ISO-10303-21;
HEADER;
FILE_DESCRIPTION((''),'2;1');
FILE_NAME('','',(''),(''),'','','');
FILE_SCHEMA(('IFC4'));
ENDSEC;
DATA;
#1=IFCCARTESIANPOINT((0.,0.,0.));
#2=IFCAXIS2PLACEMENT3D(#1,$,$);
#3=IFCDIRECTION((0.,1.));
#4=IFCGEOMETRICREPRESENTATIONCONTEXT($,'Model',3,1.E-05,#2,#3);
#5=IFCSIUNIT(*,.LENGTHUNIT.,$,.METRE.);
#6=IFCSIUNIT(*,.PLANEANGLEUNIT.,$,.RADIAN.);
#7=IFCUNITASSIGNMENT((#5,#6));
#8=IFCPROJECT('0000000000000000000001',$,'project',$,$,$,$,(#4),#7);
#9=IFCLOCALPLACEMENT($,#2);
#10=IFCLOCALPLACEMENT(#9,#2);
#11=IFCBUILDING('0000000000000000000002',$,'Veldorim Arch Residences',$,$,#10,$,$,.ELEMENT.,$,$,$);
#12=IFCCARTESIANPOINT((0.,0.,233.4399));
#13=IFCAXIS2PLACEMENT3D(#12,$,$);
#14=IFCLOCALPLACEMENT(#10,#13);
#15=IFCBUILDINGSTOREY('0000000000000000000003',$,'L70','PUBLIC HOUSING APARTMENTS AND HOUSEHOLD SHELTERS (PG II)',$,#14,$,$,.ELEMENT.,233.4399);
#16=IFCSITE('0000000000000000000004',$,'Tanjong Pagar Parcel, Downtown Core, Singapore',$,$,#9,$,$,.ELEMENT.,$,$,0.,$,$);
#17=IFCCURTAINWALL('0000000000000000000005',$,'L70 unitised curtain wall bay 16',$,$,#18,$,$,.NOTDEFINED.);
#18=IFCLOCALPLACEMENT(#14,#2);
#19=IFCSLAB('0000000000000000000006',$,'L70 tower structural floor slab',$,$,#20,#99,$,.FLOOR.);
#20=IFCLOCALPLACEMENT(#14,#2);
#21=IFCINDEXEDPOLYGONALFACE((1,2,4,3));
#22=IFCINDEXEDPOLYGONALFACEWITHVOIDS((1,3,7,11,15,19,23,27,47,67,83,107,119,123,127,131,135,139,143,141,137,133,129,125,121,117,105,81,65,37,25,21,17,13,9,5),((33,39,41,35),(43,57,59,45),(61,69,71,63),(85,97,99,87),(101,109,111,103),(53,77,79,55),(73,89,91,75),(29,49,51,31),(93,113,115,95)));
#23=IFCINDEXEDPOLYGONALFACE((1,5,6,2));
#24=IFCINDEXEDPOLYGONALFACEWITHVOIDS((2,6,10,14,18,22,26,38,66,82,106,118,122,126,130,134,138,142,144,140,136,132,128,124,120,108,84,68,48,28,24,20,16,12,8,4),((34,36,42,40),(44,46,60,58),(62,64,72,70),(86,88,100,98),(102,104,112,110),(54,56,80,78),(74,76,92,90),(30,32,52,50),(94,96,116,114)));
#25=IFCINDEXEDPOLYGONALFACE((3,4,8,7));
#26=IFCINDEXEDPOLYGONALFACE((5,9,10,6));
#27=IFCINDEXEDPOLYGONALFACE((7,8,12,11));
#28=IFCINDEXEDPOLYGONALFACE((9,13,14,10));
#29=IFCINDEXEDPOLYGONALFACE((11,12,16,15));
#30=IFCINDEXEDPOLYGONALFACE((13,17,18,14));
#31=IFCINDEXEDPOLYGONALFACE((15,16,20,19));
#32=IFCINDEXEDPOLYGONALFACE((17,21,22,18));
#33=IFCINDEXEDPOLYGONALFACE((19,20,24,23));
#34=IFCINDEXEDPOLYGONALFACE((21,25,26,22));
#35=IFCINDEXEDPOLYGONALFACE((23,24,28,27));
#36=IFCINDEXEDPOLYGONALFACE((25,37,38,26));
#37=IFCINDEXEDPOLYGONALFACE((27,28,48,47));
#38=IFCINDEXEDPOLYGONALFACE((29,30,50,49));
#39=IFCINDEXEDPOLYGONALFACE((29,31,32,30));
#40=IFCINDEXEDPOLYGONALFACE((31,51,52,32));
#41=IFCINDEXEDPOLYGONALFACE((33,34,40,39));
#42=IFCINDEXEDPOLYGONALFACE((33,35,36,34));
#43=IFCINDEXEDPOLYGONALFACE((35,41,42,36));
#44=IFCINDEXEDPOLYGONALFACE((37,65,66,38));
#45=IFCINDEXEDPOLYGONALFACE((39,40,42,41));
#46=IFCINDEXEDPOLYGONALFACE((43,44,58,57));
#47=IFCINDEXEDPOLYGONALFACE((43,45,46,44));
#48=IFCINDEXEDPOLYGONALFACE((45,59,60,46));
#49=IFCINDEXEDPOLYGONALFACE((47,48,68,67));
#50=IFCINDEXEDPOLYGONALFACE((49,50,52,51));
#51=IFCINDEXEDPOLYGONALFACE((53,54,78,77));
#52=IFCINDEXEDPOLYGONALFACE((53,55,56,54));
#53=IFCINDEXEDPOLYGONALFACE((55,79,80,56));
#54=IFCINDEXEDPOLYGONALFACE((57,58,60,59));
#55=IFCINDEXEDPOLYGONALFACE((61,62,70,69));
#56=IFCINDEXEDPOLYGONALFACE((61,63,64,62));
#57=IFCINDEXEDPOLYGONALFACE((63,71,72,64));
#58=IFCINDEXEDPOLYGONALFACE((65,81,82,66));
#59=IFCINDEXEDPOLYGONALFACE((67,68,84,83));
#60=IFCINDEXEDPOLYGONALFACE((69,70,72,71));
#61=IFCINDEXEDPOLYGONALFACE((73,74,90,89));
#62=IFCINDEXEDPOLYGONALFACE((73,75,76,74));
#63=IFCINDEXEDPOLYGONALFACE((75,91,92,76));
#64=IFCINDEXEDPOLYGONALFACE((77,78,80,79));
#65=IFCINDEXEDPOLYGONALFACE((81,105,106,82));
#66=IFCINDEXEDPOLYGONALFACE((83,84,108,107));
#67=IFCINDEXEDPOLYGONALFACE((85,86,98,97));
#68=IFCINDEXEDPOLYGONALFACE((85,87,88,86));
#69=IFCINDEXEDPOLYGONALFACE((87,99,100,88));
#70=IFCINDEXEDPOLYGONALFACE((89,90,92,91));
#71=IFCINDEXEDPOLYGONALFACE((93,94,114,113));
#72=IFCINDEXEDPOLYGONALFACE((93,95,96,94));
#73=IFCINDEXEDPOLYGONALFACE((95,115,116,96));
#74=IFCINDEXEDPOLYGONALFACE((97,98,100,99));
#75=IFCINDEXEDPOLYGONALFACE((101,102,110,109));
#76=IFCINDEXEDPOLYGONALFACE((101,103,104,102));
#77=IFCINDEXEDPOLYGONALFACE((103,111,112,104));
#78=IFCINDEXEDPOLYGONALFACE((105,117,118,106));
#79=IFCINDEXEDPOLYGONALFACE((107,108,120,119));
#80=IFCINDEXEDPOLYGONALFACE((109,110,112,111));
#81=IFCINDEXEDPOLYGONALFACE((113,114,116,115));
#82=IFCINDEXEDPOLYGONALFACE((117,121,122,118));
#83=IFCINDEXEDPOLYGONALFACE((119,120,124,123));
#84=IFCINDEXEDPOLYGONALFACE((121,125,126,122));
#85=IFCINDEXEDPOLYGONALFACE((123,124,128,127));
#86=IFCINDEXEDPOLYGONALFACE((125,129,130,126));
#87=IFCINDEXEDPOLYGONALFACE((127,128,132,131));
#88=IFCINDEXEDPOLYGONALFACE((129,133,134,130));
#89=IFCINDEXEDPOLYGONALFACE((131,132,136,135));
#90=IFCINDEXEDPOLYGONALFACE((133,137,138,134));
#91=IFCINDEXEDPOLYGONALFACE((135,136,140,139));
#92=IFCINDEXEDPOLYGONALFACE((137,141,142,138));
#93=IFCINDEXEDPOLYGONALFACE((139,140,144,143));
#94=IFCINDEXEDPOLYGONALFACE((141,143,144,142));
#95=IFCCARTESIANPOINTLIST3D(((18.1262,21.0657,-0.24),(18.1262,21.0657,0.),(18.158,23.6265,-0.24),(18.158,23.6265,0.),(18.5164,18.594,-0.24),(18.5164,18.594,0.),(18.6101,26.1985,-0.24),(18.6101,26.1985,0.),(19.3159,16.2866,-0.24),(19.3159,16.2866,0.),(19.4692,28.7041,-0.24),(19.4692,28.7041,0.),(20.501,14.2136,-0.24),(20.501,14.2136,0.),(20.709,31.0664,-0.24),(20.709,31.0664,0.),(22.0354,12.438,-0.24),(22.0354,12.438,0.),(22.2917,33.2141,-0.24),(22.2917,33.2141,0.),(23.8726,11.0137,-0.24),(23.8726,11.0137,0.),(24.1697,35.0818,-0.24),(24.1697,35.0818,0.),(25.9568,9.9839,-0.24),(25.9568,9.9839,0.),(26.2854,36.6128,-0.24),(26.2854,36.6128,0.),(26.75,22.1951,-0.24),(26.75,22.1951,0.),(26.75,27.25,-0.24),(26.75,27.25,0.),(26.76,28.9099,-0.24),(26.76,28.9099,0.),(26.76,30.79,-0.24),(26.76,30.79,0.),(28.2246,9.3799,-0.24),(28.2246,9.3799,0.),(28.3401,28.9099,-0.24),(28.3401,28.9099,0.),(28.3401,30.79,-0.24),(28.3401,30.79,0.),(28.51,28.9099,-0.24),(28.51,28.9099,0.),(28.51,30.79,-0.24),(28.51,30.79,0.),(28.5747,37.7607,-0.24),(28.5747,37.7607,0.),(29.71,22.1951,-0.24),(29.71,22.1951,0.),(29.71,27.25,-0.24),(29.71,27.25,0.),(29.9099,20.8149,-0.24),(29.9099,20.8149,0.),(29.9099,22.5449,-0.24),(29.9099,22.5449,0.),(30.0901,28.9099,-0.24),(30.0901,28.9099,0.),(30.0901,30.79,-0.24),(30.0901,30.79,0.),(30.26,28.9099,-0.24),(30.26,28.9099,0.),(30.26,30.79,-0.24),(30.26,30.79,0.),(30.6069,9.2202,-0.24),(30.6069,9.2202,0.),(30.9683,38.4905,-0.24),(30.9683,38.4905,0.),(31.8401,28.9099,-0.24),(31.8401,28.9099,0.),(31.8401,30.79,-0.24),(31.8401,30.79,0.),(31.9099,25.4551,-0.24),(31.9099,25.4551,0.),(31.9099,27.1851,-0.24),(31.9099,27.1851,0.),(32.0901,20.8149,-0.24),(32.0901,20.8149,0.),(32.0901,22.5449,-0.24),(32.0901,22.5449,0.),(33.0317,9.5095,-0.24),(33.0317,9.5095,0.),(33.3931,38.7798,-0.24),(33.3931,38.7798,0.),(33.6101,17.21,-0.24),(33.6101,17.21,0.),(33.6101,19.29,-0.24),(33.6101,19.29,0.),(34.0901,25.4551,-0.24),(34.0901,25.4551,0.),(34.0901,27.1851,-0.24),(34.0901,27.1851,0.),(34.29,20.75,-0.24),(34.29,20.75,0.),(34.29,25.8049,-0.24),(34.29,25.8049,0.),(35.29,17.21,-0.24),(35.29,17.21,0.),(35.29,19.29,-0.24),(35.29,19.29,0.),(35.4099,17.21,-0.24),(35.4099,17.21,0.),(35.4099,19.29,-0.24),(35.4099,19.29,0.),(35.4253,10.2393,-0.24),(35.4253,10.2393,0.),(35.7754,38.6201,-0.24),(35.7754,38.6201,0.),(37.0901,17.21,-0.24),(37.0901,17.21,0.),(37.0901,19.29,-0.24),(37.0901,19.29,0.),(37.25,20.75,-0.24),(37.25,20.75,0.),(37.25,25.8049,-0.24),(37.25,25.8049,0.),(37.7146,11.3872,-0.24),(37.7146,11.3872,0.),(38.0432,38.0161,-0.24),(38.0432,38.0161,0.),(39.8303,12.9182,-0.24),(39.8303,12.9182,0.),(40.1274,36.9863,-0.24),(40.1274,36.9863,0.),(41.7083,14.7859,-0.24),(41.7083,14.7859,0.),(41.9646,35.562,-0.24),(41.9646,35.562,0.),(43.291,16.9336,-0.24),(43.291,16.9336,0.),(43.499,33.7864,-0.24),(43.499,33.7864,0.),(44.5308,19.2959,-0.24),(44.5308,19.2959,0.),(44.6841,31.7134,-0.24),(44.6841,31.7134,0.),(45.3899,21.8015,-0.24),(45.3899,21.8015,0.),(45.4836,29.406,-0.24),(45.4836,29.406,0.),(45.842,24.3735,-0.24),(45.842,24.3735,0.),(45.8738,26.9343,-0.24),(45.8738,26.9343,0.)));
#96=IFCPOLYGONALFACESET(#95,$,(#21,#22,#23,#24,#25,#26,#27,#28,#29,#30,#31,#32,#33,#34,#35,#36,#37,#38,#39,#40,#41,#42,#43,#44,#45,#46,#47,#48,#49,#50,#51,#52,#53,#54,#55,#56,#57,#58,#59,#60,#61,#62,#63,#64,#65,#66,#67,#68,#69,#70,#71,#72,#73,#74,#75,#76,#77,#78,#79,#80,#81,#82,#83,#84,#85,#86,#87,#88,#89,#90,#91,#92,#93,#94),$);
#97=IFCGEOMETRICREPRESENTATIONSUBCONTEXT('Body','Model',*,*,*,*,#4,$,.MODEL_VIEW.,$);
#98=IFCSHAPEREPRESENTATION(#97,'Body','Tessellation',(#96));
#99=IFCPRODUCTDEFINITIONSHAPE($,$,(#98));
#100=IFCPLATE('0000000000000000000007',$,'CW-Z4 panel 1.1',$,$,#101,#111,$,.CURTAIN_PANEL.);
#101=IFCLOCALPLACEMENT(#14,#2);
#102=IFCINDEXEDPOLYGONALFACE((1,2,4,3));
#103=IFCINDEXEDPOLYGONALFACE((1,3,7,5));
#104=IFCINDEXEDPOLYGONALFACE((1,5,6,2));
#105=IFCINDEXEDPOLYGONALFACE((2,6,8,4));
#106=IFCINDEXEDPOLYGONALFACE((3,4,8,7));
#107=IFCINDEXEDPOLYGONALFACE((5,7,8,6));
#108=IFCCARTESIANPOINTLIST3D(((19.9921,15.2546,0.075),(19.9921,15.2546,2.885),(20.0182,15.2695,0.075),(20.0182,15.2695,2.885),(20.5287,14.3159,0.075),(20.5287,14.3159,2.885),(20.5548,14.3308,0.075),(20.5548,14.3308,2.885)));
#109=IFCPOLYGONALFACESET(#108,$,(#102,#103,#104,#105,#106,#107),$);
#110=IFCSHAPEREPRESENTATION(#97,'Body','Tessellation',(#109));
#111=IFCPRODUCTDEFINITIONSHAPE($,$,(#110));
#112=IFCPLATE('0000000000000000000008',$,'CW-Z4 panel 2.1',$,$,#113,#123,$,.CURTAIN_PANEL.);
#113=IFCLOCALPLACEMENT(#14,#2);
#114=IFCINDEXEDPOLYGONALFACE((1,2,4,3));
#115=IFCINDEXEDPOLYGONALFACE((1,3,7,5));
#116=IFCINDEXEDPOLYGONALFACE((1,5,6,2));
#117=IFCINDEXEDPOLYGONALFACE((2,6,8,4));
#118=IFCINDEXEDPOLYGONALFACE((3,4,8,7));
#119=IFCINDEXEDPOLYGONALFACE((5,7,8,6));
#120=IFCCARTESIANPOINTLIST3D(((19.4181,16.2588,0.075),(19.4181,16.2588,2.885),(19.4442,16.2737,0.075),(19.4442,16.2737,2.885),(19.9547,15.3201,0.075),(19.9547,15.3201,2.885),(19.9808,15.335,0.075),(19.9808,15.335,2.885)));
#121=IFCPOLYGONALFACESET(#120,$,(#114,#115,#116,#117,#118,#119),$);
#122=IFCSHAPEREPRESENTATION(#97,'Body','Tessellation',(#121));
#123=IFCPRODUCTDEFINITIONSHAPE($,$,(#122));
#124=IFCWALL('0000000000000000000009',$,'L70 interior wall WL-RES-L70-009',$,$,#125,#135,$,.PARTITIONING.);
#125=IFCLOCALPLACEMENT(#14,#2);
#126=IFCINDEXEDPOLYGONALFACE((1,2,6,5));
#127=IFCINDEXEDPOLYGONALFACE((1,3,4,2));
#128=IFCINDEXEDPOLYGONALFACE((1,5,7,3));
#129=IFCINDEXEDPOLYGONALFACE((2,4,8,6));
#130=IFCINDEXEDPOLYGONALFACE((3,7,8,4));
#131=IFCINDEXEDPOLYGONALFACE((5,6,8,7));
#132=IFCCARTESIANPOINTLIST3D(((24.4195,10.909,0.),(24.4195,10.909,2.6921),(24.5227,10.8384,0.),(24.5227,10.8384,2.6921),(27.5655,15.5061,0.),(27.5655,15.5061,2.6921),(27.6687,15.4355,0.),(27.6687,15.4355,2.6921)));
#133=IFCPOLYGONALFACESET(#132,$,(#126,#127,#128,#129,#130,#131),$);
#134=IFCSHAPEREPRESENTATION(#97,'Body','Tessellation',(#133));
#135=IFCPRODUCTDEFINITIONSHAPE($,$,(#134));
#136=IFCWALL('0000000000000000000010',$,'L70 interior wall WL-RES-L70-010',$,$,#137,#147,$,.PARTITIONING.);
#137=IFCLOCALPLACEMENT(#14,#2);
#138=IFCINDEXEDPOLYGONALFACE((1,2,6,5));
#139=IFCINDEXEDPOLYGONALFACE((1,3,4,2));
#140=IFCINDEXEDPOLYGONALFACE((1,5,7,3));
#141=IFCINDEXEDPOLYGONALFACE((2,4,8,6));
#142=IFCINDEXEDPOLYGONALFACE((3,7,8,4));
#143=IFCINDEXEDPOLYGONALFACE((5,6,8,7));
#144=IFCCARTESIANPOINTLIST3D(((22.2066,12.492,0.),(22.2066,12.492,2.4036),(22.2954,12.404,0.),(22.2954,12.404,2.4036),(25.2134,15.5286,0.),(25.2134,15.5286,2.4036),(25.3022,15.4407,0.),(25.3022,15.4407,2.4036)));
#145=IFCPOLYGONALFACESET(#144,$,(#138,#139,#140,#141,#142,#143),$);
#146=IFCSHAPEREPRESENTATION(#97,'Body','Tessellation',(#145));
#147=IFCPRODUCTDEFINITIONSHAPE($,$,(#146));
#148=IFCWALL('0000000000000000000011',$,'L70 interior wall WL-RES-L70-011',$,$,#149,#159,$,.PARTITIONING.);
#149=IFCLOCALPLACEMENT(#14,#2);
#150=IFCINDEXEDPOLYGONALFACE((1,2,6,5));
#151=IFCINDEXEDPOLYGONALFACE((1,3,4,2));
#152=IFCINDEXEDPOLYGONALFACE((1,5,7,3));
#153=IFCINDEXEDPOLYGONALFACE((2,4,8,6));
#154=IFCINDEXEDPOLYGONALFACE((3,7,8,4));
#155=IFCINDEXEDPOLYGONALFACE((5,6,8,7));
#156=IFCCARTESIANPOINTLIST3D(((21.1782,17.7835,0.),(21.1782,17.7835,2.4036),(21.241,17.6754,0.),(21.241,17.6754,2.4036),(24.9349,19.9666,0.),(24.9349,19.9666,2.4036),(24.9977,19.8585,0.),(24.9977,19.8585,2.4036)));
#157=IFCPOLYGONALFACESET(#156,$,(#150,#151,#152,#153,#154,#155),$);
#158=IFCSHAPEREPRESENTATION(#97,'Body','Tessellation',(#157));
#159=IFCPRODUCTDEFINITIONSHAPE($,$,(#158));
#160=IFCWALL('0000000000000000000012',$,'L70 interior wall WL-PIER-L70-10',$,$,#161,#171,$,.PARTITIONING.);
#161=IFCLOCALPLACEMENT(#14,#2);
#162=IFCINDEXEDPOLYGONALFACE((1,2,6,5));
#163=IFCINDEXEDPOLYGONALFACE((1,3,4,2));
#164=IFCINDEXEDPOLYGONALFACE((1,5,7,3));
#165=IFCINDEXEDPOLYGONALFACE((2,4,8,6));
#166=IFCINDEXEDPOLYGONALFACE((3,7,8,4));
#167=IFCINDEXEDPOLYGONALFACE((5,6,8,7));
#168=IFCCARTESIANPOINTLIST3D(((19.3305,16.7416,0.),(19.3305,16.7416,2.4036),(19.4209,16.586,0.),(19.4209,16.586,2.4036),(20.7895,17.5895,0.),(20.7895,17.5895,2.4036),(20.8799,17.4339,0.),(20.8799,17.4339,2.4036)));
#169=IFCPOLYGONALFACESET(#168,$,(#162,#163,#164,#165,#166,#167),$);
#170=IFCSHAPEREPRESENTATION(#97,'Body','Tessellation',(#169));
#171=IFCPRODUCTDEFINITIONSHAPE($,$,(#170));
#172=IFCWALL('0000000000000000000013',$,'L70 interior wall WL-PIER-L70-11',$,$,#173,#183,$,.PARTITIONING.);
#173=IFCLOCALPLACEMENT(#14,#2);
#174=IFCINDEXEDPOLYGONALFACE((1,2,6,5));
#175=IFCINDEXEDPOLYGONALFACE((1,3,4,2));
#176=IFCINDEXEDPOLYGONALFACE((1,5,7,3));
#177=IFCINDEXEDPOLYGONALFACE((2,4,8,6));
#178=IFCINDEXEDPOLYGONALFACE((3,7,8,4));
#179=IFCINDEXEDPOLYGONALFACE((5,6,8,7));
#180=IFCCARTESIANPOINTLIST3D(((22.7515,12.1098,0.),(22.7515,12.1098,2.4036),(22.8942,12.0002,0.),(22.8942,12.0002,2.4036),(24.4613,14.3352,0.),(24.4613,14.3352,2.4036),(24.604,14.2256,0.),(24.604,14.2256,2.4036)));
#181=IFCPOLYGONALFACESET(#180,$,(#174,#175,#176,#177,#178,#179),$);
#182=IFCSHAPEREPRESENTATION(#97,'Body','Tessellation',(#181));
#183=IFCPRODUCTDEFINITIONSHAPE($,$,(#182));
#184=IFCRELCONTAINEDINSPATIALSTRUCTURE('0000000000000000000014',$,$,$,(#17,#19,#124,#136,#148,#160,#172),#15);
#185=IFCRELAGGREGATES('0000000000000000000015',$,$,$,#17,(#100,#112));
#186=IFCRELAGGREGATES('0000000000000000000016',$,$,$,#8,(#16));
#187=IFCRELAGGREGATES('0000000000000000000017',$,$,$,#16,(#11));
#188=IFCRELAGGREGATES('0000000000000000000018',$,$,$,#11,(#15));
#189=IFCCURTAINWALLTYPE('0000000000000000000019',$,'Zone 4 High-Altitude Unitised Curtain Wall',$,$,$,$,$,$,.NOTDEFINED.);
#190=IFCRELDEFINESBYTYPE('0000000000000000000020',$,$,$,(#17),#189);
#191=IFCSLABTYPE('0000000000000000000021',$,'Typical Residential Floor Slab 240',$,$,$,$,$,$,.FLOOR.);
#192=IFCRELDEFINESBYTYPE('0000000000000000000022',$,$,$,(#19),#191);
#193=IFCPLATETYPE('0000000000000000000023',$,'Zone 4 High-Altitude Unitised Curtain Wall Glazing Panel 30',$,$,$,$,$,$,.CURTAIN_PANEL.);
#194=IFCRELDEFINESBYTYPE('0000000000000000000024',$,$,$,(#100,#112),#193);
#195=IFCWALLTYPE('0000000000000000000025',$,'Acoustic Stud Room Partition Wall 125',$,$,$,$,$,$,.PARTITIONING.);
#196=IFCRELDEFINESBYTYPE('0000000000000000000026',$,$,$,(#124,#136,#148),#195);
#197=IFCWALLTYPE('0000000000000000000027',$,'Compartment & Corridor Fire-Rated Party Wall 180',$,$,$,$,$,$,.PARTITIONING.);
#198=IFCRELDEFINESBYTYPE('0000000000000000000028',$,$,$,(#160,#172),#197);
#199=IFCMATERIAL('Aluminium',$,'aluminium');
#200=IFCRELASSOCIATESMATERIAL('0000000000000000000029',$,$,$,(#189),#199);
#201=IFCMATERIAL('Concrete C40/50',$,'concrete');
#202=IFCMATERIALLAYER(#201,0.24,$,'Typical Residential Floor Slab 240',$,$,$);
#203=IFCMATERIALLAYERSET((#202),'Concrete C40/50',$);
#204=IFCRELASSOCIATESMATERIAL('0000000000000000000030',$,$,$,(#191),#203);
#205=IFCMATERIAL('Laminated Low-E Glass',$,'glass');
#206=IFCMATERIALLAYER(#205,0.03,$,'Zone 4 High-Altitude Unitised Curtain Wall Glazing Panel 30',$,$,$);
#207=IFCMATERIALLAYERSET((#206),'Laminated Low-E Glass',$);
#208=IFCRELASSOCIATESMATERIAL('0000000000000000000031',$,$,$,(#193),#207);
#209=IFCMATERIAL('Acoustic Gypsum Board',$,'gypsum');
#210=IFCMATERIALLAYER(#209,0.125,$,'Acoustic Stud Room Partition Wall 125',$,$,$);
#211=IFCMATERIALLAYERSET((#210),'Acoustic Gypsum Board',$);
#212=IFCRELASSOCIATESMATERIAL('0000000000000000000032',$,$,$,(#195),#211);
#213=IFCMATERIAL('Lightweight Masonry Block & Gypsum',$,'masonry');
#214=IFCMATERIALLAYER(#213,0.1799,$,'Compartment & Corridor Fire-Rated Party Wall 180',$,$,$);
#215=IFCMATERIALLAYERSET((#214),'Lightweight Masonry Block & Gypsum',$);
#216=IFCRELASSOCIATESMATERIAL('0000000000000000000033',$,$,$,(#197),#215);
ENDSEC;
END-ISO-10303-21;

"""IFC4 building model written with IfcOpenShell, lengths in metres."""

from ifc_helpers import new_model, si_unit, direction, frame, frame_2d, origin, origin_2d, place, context, subcontext, project, spatial, polyline, rectangle, outline, extrude, material, layer, layer_set, type_object, element, aggregate, save


model = new_model("IFC4")

# Units and contexts
model_context = context("Model", 3, precision=1e-05, world=origin(), true_north=direction((0.0, 1.0)))
body_context = subcontext(model_context, "Body", "Model", "MODEL_VIEW")
ifc_project = project(units=[si_unit("LENGTHUNIT", "METRE"), si_unit("PLANEANGLEUNIT", "RADIAN")], contexts=[model_context])

# Site, building, storey
site_placement = place(None, origin())
site = spatial("IfcSite", under=ifc_project, at=site_placement, Name="Tanjong Pagar Parcel, Downtown Core, Singapore", CompositionType="ELEMENT", RefElevation=0.0)
building_placement = place(site_placement, origin())
building = spatial("IfcBuilding", under=site, at=building_placement, Name="Veldorim Arch Residences", CompositionType="ELEMENT")
storey_placement = place(building_placement, frame((0.0, 0.0, 233.4399)))
storey = spatial("IfcBuildingStorey", under=building, at=storey_placement, Name="L70", Description="PUBLIC HOUSING APARTMENTS AND HOUSEHOLD SHELTERS (PG II)", CompositionType="ELEMENT", Elevation=233.4399)

# Curtain wall
ifc_material_1 = material(Name="Aluminium", Category="aluminium")
curtain_wall_type = type_object("IfcCurtainWallType", Name="Zone 4 High-Altitude Unitised Curtain Wall", PredefinedType="NOTDEFINED", material=ifc_material_1)
curtain_wall_placement = place(storey_placement, origin())
curtain_wall = element("IfcCurtainWall", 1, at=curtain_wall_placement, inside=storey, type_object=curtain_wall_type, Name="L70 unitised curtain wall bay 16", PredefinedType="NOTDEFINED")

# Slab
ifc_material_2 = material(Name="Concrete C40/50", Category="concrete")
ifc_layer_1 = layer(ifc_material_2, 0.24, Name="Typical Residential Floor Slab 240")
ifc_layer_set_1 = layer_set([ifc_layer_1], Name="Concrete C40/50")
slab_type_1 = type_object("IfcSlabType", Name="Typical Residential Floor Slab 240", PredefinedType="FLOOR", material=ifc_layer_set_1)
slab_1_placement = place(storey_placement, frame((0.0, 0.0, -0.24)))
element("IfcSlab", 2, at=slab_1_placement, inside=storey, type_object=slab_type_1, Name="L70 tower structural floor slab", PredefinedType="FLOOR", context=body_context, shape_type="SweptSolid", body=[
    extrude(outline(polyline([(40.1274, 36.9863), (38.0432, 38.0161), (35.7754, 38.6201), (33.3931, 38.7798), (30.9683, 38.4905), (28.5747, 37.7607), (26.2854, 36.6128), (24.1697, 35.0818), (22.2917, 33.2141), (20.709, 31.0664), (19.4692, 28.7041), (18.6101, 26.1985), (18.158, 23.6265), (18.1262, 21.0657), (18.5164, 18.594), (19.3159, 16.2866), (20.501, 14.2136), (22.0354, 12.438), (23.8726, 11.0137), (25.9568, 9.9839), (28.2246, 9.3799), (30.6069, 9.2202), (33.0317, 9.5095), (35.4253, 10.2393), (37.7146, 11.3872), (39.8303, 12.9182), (41.7083, 14.7859), (43.291, 16.9336), (44.5308, 19.2959), (45.3899, 21.8015), (45.842, 24.3735), (45.8738, 26.9343), (45.4836, 29.406), (44.6841, 31.7134), (43.499, 33.7864), (41.9646, 35.562), (40.1274, 36.9863)]), holes=[polyline([(33.6101, 17.21), (33.6101, 19.29), (35.29, 19.29), (35.29, 17.21), (33.6101, 17.21)]), polyline([(35.4099, 17.21), (35.4099, 19.29), (37.0901, 19.29), (37.0901, 17.21), (35.4099, 17.21)]), polyline([(29.9099, 20.8149), (29.9099, 22.5449), (32.0901, 22.5449), (32.0901, 20.8149), (29.9099, 20.8149)]), polyline([(34.29, 20.75), (34.29, 25.8049), (37.25, 25.8049), (37.25, 20.75), (34.29, 20.75)]), polyline([(26.75, 22.1951), (26.75, 27.25), (29.71, 27.25), (29.71, 22.1951), (26.75, 22.1951)]), polyline([(31.9099, 25.4551), (31.9099, 27.1851), (34.0901, 27.1851), (34.0901, 25.4551), (31.9099, 25.4551)]), polyline([(26.76, 28.9099), (26.76, 30.79), (28.3401, 30.79), (28.3401, 28.9099), (26.76, 28.9099)]), polyline([(28.51, 30.79), (30.0901, 30.79), (30.0901, 28.9099), (28.51, 28.9099), (28.51, 30.79)]), polyline([(30.26, 30.79), (31.8401, 30.79), (31.8401, 28.9099), (30.26, 28.9099), (30.26, 30.79)])]), origin(), (0.0, 0.0, 1.0), 0.24),
])

# Plates
ifc_material_3 = material(Name="Laminated Low-E Glass", Category="glass")
ifc_layer_2 = layer(ifc_material_3, 0.03, Name="Zone 4 High-Altitude Unitised Curtain Wall Glazing Panel 30")
ifc_layer_set_2 = layer_set([ifc_layer_2], Name="Laminated Low-E Glass")
plate_type = type_object("IfcPlateType", Name="Zone 4 High-Altitude Unitised Curtain Wall Glazing Panel 30", PredefinedType="CURTAIN_PANEL", material=ifc_layer_set_2)
plate_1_placement = place(storey_placement, frame((20.2734, 14.7927, 0.075), z_axis=(0.0, 0.0, 1.0), x_axis=(-0.496274, 0.868166, 0.0)))
plate_1 = element("IfcPlate", 3, at=plate_1_placement, type_object=plate_type, Name="CW-Z4 panel 1.1", PredefinedType="CURTAIN_PANEL", context=body_context, shape_type="SweptSolid", body=[
    extrude(rectangle(XDim=1.0813, YDim=0.03, at=origin_2d()), origin(), (0.0, 0.0, 1.0), 2.8101),
])
plate_2_placement = place(storey_placement, frame((19.6995, 15.7969, 0.075), z_axis=(0.0, 0.0, 1.0), x_axis=(-0.496274, 0.868166, 0.0)))
plate_2 = element("IfcPlate", 4, at=plate_2_placement, type_object=plate_type, Name="CW-Z4 panel 2.1", PredefinedType="CURTAIN_PANEL", context=body_context, shape_type="SweptSolid", body=[
    extrude(rectangle(XDim=1.0813, YDim=0.03, at=origin_2d()), origin(), (0.0, 0.0, 1.0), 2.8101),
])
aggregate(curtain_wall, [plate_1, plate_2])

# Walls
ifc_material_4 = material(Name="Acoustic Gypsum Board", Category="gypsum")
ifc_layer_3 = layer(ifc_material_4, 0.125, Name="Acoustic Stud Room Partition Wall 125")
ifc_layer_set_3 = layer_set([ifc_layer_3], Name="Acoustic Gypsum Board")
wall_type_1 = type_object("IfcWallType", Name="Acoustic Stud Room Partition Wall 125", PredefinedType="PARTITIONING", material=ifc_layer_set_3)
wall_1_placement = place(storey_placement, frame((24.4712, 10.8738, 0.0), z_axis=(0.0, 0.0, 1.0), x_axis=(0.564753, 0.82526, 0.0)))
element("IfcWall", 5, at=wall_1_placement, inside=storey, type_object=wall_type_1, Name="L70 interior wall WL-RES-L70-009", PredefinedType="PARTITIONING", context=body_context, shape_type="SweptSolid", body=[
    extrude(rectangle(XDim=5.5706, YDim=0.125, at=frame_2d((2.7852, 0.0))), origin(), (0.0, 0.0, 1.0), 2.6921),
])
wall_2_placement = place(storey_placement, frame((22.251, 12.448, 0.0), z_axis=(0.0, 0.0, 1.0), x_axis=(0.703613, 0.710583, 0.0)))
element("IfcWall", 6, at=wall_2_placement, inside=storey, type_object=wall_type_1, Name="L70 interior wall WL-RES-L70-010", PredefinedType="PARTITIONING", context=body_context, shape_type="SweptSolid", body=[
    extrude(rectangle(XDim=4.2734, YDim=0.125, at=frame_2d((2.1367, 0.0))), origin(), (0.0, 0.0, 1.0), 2.4036),
])
wall_3_placement = place(storey_placement, frame((21.2097, 17.7295, 0.0), z_axis=(0.0, 0.0, 1.0), x_axis=(0.864603, 0.502455, 0.0)))
element("IfcWall", 7, at=wall_3_placement, inside=storey, type_object=wall_type_1, Name="L70 interior wall WL-RES-L70-011", PredefinedType="PARTITIONING", context=body_context, shape_type="SweptSolid", body=[
    extrude(rectangle(XDim=4.345, YDim=0.125, at=frame_2d((2.1724, 0.0))), origin(), (0.0, 0.0, 1.0), 2.4036),
])
ifc_material_5 = material(Name="Lightweight Masonry Block & Gypsum", Category="masonry")
ifc_layer_4 = layer(ifc_material_5, 0.1799, Name="Compartment & Corridor Fire-Rated Party Wall 180")
ifc_layer_set_4 = layer_set([ifc_layer_4], Name="Lightweight Masonry Block & Gypsum")
wall_type_2 = type_object("IfcWallType", Name="Compartment & Corridor Fire-Rated Party Wall 180", PredefinedType="PARTITIONING", material=ifc_layer_set_4)
wall_4_placement = place(storey_placement, frame((20.8347, 17.5117, 0.0), z_axis=(0.0, 0.0, 1.0), x_axis=(-0.864596, -0.502467, 0.0)))
element("IfcWall", 8, at=wall_4_placement, inside=storey, type_object=wall_type_2, Name="L70 interior wall WL-PIER-L70-10", PredefinedType="PARTITIONING", context=body_context, shape_type="SweptSolid", body=[
    extrude(rectangle(XDim=1.6875, YDim=0.1799, at=frame_2d((0.8438, 0.0))), origin(), (0.0, 0.0, 1.0), 2.4036),
])
wall_5_placement = place(storey_placement, frame((24.5327, 14.2805, 0.0), z_axis=(0.0, 0.0, 1.0), x_axis=(-0.609244, -0.792983, 0.0)))
element("IfcWall", 9, at=wall_5_placement, inside=storey, type_object=wall_type_2, Name="L70 interior wall WL-PIER-L70-11", PredefinedType="PARTITIONING", context=body_context, shape_type="SweptSolid", body=[
    extrude(rectangle(XDim=2.8064, YDim=0.1799, at=frame_2d((1.4033, 0.0))), origin(), (0.0, 0.0, 1.0), 2.4036),
])

save(model, "model.ifc")
